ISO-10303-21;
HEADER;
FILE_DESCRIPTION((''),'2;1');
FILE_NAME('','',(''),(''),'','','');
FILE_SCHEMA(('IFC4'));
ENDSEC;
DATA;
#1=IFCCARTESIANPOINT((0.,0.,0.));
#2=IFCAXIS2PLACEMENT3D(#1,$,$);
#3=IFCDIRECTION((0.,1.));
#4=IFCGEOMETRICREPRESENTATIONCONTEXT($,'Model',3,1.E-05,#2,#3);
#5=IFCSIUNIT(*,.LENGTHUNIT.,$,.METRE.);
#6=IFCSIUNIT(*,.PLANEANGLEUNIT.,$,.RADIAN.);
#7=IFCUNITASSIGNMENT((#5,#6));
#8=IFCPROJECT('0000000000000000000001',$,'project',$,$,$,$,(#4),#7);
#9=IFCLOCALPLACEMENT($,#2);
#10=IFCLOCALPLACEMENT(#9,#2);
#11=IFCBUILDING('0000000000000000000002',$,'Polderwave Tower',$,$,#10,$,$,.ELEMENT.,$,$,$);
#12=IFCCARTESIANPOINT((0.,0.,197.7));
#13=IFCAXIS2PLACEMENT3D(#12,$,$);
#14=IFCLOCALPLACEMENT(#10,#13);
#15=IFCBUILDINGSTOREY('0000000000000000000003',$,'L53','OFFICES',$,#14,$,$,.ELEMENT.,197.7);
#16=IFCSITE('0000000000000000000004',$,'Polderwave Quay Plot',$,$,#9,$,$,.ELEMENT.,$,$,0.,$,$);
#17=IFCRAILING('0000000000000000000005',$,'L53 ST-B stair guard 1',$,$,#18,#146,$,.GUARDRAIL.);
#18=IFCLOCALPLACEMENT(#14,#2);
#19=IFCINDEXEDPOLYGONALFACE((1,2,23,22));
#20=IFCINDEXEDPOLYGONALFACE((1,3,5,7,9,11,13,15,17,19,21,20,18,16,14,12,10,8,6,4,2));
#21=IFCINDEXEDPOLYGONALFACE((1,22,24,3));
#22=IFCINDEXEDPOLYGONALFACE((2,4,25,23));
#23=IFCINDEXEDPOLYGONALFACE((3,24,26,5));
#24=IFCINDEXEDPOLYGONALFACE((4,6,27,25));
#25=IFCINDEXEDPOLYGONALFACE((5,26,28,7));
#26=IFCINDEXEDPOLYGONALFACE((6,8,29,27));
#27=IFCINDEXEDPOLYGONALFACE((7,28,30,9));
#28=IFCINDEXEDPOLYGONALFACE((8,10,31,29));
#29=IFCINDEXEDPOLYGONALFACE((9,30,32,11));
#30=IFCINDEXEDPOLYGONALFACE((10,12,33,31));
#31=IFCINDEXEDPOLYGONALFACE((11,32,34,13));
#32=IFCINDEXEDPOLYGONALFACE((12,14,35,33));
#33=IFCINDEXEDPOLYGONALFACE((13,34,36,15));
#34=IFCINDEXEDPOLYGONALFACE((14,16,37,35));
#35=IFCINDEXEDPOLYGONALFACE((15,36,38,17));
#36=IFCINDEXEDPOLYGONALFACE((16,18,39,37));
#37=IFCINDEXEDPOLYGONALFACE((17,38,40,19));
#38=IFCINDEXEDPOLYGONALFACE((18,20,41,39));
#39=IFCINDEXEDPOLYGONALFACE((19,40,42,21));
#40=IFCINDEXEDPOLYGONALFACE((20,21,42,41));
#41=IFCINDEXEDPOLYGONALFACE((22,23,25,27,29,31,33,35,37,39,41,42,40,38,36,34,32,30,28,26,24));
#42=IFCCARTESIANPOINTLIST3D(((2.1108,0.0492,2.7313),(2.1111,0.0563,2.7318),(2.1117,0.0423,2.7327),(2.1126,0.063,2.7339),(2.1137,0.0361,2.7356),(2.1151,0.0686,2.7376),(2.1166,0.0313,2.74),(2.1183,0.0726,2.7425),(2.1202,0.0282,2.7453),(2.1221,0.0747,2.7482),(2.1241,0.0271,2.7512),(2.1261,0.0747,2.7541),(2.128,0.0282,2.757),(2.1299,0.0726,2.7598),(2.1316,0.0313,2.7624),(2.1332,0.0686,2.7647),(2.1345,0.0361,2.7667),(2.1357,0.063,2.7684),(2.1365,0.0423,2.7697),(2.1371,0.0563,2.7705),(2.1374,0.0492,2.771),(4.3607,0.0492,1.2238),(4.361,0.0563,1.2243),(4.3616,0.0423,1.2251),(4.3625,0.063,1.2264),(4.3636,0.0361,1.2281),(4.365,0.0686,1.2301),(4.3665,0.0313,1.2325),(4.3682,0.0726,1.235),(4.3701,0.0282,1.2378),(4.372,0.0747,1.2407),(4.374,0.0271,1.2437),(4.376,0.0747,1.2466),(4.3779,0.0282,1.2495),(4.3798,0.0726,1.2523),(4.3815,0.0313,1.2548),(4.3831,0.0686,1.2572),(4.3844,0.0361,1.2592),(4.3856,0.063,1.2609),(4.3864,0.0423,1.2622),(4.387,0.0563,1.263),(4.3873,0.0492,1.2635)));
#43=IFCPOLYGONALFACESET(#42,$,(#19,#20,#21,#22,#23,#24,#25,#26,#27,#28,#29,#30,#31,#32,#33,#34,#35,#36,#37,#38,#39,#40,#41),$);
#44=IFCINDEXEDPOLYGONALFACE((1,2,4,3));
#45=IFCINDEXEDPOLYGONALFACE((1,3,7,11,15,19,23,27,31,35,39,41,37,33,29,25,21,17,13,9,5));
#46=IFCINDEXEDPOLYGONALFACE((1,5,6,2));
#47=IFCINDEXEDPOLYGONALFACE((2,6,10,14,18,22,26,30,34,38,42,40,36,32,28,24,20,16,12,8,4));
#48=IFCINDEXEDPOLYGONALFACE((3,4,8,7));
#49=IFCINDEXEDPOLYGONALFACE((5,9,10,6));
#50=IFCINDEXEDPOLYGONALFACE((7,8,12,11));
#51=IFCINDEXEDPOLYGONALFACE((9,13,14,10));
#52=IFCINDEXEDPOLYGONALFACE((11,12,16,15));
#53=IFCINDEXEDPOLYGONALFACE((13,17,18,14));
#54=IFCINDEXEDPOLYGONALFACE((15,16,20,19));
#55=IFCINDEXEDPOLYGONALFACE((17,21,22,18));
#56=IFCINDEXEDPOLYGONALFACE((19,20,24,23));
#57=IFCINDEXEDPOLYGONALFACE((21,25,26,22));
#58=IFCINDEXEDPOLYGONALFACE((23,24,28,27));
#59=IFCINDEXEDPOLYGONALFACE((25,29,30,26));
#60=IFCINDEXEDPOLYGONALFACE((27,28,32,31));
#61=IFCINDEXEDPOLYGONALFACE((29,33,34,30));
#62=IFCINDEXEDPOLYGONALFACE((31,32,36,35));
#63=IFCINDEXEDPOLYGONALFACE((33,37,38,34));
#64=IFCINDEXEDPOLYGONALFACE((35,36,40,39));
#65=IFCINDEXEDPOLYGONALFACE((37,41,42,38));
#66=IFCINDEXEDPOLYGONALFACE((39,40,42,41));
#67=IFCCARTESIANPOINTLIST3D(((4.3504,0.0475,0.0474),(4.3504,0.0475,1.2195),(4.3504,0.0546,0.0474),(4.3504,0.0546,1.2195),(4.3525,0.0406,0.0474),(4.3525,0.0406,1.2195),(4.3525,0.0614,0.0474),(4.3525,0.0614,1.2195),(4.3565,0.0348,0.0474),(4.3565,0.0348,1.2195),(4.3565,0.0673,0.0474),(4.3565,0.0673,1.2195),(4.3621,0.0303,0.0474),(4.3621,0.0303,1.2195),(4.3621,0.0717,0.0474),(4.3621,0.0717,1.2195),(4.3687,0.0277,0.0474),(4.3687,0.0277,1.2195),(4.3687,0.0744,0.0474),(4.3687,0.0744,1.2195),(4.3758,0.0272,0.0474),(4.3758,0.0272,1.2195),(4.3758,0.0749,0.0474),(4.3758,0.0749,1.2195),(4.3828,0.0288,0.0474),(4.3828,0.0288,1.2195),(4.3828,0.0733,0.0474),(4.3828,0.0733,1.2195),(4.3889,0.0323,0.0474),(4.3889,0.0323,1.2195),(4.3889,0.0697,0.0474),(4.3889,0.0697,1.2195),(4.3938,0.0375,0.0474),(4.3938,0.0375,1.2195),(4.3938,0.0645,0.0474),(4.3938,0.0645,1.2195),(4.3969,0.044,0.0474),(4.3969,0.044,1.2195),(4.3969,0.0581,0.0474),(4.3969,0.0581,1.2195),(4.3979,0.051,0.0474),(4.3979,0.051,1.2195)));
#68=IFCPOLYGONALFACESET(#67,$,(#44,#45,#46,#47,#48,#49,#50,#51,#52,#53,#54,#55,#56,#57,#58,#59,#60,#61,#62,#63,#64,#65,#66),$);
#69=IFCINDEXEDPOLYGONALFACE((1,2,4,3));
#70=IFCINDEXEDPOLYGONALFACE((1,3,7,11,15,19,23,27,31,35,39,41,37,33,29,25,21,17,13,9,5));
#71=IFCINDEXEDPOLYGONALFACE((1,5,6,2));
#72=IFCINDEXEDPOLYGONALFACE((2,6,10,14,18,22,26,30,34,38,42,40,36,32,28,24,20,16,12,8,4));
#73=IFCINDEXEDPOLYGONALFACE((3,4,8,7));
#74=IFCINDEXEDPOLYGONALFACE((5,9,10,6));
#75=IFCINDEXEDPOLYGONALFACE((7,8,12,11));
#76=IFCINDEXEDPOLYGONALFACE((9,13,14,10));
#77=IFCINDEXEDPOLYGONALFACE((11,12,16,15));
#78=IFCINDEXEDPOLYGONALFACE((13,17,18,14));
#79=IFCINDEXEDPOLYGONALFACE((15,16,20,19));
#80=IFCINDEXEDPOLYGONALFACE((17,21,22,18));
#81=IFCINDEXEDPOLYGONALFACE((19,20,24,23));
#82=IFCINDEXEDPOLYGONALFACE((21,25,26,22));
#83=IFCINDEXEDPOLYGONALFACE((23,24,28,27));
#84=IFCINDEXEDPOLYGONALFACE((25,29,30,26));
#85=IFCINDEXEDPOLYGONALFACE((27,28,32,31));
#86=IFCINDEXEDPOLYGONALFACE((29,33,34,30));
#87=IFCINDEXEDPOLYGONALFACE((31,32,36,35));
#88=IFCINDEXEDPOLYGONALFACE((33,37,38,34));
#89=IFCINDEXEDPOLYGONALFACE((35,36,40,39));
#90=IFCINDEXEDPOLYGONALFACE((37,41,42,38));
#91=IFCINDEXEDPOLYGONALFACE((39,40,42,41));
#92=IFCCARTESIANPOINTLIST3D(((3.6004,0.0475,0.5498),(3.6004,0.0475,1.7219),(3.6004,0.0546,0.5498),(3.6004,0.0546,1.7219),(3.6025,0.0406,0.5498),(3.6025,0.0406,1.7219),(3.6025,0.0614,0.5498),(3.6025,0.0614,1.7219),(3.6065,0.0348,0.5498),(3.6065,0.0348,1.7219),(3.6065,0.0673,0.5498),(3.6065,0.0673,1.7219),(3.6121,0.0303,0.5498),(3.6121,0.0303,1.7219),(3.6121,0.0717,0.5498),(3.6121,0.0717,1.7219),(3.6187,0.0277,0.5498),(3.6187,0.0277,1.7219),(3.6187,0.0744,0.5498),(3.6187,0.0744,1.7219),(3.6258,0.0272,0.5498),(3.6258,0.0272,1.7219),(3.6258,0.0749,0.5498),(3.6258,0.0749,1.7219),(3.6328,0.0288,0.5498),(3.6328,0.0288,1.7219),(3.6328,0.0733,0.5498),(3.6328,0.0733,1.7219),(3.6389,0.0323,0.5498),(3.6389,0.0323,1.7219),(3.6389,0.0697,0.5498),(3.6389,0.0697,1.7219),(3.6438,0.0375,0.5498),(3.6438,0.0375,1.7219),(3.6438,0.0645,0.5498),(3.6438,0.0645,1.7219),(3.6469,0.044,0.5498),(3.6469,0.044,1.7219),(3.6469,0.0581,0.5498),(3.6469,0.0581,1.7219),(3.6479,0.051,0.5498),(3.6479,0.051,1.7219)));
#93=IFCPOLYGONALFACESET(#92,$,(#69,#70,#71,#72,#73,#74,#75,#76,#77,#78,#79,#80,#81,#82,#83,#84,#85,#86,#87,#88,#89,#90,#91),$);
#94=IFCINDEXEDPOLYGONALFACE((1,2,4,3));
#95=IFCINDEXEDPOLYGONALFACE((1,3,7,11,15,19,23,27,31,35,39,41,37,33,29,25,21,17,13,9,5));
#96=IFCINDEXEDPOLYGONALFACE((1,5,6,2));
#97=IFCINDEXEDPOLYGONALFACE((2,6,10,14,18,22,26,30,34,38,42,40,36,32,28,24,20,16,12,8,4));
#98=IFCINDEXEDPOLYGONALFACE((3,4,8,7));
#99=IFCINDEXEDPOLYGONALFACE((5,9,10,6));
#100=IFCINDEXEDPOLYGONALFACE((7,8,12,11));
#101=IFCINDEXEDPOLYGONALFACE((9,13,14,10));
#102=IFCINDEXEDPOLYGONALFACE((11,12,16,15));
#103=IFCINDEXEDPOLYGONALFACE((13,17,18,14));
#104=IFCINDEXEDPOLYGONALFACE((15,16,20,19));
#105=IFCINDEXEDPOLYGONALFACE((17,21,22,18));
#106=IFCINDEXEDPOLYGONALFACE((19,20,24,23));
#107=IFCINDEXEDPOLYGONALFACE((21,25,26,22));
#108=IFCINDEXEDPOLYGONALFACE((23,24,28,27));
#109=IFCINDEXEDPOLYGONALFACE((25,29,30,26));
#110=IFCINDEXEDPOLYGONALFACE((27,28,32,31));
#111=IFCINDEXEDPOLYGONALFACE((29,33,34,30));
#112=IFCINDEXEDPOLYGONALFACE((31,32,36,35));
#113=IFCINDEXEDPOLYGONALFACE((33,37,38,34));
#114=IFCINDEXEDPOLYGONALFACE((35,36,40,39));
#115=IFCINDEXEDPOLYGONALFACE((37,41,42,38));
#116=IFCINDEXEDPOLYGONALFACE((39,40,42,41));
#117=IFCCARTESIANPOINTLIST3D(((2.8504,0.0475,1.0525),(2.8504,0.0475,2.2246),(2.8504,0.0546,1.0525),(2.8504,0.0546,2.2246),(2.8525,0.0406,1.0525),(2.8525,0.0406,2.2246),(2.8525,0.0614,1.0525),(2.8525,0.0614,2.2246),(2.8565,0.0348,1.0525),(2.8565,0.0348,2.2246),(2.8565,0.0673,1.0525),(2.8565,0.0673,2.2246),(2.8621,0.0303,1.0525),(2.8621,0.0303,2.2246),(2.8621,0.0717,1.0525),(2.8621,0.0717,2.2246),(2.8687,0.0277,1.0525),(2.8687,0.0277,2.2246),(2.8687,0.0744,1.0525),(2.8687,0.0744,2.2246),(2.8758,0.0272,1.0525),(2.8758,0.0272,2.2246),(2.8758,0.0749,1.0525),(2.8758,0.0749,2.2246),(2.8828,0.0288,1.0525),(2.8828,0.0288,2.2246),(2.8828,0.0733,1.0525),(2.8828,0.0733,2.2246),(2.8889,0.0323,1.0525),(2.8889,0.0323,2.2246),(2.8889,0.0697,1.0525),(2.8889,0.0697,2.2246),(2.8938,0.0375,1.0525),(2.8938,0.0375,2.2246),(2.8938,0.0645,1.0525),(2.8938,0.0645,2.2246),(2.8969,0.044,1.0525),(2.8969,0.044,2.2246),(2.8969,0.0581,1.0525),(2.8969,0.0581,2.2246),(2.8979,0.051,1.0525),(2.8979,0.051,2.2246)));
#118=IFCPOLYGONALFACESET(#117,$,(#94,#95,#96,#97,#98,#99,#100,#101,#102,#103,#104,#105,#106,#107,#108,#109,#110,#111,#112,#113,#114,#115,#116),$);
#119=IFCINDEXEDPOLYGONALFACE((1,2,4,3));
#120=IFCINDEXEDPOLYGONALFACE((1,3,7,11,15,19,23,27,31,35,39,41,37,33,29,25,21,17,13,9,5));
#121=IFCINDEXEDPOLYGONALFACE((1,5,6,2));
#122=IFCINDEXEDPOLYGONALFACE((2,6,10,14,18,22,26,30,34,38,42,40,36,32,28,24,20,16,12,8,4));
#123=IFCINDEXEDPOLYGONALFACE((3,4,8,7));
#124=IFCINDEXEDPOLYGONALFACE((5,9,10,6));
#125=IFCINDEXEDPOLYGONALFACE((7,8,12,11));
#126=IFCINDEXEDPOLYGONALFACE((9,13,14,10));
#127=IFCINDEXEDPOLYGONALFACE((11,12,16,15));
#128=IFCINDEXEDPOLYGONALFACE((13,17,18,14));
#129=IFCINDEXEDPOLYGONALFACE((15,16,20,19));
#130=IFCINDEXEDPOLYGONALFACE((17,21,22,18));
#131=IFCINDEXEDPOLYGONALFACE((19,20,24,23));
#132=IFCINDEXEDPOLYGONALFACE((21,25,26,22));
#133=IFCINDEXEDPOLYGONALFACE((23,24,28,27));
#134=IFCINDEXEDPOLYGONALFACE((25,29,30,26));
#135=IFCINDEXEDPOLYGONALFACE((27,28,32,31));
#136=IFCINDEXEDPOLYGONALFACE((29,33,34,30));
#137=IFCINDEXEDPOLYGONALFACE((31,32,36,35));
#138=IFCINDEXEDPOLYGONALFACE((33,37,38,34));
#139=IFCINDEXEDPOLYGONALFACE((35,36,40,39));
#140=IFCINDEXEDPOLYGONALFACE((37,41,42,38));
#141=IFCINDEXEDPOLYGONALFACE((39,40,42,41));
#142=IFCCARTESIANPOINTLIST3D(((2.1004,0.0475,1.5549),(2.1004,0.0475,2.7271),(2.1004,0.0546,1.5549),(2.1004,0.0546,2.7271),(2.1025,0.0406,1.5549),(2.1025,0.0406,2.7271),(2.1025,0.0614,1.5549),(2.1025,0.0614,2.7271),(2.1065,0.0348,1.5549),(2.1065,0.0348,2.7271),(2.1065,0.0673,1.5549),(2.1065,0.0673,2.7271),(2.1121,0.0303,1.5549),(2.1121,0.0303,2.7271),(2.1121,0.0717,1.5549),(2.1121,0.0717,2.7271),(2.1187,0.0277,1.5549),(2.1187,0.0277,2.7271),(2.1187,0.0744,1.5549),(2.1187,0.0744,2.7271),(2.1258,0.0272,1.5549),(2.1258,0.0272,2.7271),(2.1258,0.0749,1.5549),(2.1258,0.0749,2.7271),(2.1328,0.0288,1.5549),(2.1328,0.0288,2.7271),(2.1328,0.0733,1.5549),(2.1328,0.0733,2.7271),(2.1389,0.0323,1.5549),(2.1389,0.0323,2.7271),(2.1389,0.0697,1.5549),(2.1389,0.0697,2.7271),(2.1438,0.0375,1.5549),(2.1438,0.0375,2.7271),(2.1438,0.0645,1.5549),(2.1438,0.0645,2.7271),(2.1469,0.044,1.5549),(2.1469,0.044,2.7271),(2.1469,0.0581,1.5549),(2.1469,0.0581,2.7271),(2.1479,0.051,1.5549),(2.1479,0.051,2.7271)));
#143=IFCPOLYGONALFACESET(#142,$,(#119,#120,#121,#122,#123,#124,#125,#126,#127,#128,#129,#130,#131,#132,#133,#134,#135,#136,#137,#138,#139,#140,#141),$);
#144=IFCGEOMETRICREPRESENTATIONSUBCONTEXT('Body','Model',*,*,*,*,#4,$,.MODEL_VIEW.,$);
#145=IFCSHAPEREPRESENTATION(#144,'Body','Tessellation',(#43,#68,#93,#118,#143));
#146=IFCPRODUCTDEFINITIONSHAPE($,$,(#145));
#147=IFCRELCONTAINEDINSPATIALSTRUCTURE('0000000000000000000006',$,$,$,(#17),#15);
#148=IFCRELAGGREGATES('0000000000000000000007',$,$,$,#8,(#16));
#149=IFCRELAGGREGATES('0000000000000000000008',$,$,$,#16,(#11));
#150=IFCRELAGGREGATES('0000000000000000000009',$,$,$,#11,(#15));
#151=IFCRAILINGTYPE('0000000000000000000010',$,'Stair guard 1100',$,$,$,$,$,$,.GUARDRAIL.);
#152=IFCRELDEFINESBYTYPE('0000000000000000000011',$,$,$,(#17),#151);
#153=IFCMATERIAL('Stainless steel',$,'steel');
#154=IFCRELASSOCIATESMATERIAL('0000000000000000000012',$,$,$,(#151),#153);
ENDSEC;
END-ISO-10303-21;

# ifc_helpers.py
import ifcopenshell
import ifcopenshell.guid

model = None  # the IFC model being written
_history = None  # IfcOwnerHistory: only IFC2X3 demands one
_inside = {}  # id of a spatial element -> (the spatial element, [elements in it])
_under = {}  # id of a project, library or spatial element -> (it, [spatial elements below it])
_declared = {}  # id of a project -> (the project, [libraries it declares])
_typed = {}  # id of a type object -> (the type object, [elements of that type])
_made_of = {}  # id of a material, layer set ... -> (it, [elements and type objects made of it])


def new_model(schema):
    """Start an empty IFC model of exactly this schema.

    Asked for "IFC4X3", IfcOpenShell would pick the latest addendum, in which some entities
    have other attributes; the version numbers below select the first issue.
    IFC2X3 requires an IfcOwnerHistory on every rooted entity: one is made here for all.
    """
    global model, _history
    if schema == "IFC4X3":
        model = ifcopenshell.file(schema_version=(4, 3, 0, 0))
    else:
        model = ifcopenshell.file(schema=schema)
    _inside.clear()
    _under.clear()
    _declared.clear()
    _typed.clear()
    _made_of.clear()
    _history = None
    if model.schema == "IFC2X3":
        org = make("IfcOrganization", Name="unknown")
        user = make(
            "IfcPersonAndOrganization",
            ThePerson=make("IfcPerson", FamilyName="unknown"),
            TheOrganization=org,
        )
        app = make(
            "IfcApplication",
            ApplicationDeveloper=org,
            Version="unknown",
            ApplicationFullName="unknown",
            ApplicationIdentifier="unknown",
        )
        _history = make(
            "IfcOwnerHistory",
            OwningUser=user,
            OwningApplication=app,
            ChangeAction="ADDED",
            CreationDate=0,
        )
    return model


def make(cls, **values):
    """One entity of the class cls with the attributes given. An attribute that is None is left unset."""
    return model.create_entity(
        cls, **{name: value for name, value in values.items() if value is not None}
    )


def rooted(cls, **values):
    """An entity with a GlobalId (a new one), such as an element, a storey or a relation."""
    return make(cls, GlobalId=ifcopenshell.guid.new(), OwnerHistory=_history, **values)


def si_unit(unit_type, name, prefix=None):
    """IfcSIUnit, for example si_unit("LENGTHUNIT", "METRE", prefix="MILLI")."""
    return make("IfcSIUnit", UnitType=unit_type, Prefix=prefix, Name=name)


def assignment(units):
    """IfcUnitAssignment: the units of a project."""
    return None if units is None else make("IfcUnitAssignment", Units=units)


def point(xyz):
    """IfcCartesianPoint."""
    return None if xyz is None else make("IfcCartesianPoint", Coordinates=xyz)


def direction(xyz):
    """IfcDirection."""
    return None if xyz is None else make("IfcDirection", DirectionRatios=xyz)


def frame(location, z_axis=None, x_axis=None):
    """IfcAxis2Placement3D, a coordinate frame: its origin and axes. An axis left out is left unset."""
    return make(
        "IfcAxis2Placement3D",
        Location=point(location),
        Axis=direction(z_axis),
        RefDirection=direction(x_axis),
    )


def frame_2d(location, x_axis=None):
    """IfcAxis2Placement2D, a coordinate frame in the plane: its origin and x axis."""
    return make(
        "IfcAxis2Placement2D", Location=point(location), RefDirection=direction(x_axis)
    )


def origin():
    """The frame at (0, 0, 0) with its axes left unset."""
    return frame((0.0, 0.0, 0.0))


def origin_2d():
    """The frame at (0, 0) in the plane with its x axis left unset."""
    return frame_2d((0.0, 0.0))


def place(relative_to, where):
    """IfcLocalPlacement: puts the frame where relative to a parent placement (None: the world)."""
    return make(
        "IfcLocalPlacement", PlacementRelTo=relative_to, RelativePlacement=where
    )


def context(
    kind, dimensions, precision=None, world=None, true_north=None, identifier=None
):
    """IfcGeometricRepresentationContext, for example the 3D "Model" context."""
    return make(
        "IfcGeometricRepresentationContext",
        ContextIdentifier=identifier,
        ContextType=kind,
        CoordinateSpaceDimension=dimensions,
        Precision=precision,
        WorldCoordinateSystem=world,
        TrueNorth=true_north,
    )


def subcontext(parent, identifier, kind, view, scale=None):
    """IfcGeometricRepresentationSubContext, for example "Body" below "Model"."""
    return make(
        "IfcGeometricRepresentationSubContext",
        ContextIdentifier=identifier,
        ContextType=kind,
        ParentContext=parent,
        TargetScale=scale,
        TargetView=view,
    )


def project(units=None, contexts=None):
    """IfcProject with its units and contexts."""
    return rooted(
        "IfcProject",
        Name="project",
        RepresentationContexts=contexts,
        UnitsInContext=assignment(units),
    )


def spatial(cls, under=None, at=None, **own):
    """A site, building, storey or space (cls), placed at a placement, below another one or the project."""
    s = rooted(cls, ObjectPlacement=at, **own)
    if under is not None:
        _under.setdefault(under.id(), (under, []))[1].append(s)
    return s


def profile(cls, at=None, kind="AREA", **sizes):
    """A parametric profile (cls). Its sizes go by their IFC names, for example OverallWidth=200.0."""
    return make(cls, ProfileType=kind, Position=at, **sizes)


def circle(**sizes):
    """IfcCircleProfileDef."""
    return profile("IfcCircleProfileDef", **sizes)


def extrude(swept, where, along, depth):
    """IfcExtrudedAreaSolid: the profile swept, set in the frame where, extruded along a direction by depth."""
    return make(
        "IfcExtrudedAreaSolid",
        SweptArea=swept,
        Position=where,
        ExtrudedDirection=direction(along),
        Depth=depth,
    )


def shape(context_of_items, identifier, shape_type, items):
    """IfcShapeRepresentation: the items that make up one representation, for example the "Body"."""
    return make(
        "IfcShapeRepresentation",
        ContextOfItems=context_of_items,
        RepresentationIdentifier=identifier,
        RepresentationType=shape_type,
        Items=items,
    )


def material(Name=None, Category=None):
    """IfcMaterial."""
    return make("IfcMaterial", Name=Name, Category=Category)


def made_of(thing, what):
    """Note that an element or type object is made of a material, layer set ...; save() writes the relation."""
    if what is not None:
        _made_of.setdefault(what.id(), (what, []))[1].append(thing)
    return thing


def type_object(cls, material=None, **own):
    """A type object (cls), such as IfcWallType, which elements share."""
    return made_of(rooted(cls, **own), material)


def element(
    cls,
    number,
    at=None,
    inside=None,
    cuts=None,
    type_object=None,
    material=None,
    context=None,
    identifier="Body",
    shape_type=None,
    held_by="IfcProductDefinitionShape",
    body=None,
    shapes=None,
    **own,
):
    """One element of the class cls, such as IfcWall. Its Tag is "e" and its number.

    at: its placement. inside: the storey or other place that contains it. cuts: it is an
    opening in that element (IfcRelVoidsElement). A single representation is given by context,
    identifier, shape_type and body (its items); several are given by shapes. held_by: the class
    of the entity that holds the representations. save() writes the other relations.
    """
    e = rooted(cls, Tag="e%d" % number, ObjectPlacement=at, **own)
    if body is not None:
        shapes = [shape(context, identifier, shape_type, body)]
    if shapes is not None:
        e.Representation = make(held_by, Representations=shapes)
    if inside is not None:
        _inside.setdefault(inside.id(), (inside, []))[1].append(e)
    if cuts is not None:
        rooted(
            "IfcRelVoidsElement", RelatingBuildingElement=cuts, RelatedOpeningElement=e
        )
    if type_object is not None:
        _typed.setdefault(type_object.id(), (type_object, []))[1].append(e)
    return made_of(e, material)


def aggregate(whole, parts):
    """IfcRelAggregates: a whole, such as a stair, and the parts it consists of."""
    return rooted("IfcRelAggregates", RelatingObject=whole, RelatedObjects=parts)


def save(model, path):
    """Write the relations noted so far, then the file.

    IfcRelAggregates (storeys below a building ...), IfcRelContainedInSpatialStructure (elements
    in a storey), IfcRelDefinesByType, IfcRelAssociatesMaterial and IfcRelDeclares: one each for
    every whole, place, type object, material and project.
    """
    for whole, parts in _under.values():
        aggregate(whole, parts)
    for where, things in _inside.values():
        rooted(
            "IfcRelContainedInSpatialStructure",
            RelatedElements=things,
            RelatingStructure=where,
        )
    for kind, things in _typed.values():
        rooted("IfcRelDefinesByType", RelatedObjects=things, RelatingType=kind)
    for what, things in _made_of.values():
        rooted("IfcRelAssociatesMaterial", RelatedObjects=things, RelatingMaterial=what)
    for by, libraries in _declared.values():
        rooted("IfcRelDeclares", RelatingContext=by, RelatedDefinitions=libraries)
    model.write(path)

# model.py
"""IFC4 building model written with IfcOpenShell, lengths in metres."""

from ifc_helpers import new_model, si_unit, direction, frame, origin, origin_2d, place, context, subcontext, project, spatial, circle, extrude, material, type_object, element, save


model = new_model("IFC4")

# Units and contexts
model_context = context("Model", 3, precision=1e-05, world=origin(), true_north=direction((0.0, 1.0)))
body_context = subcontext(model_context, "Body", "Model", "MODEL_VIEW")
ifc_project = project(units=[si_unit("LENGTHUNIT", "METRE"), si_unit("PLANEANGLEUNIT", "RADIAN")], contexts=[model_context])

# Site, building, storey
site_placement = place(None, origin())
site = spatial("IfcSite", under=ifc_project, at=site_placement, Name="Polderwave Quay Plot", CompositionType="ELEMENT", RefElevation=0.0)
building_placement = place(site_placement, origin())
building = spatial("IfcBuilding", under=site, at=building_placement, Name="Polderwave Tower", CompositionType="ELEMENT")
storey_placement = place(building_placement, frame((0.0, 0.0, 197.7)))
storey = spatial("IfcBuildingStorey", under=building, at=storey_placement, Name="L53", Description="OFFICES", CompositionType="ELEMENT", Elevation=197.7)

# Railing
ifc_material_1 = material(Name="Stainless steel", Category="steel")
railing_type_1 = type_object("IfcRailingType", Name="Stair guard 1100", PredefinedType="GUARDRAIL", material=ifc_material_1)
railing_1_placement = place(storey_placement, frame((4.374, 0.051, 0.0474)))
element("IfcRailing", 1, at=railing_1_placement, inside=storey, type_object=railing_type_1, Name="L53 ST-B stair guard 1", PredefinedType="GUARDRAIL", context=body_context, shape_type="SweptSolid", body=[
    extrude(circle(Radius=0.0239, at=origin_2d()), frame((0.0, 0.0, 1.1963), z_axis=(-0.830758, 0.0, 0.556633), x_axis=(0.0, -1.0, 0.0)), (0.0, 0.0, 1.0), 2.7083),
    extrude(circle(Radius=0.0239, at=origin_2d()), origin(), (0.0, 0.0, 1.0), 1.1721),
    extrude(circle(Radius=0.0239, at=origin_2d()), frame((-0.75, 0.0, 0.5024)), (0.0, 0.0, 1.0), 1.1721),
    extrude(circle(Radius=0.0239, at=origin_2d()), frame((-1.5, 0.0, 1.0051)), (0.0, 0.0, 1.0), 1.1721),
    extrude(circle(Radius=0.0239, at=origin_2d()), frame((-2.25, 0.0, 1.5076)), (0.0, 0.0, 1.0), 1.1721),
])

save(model, "model.ifc")
